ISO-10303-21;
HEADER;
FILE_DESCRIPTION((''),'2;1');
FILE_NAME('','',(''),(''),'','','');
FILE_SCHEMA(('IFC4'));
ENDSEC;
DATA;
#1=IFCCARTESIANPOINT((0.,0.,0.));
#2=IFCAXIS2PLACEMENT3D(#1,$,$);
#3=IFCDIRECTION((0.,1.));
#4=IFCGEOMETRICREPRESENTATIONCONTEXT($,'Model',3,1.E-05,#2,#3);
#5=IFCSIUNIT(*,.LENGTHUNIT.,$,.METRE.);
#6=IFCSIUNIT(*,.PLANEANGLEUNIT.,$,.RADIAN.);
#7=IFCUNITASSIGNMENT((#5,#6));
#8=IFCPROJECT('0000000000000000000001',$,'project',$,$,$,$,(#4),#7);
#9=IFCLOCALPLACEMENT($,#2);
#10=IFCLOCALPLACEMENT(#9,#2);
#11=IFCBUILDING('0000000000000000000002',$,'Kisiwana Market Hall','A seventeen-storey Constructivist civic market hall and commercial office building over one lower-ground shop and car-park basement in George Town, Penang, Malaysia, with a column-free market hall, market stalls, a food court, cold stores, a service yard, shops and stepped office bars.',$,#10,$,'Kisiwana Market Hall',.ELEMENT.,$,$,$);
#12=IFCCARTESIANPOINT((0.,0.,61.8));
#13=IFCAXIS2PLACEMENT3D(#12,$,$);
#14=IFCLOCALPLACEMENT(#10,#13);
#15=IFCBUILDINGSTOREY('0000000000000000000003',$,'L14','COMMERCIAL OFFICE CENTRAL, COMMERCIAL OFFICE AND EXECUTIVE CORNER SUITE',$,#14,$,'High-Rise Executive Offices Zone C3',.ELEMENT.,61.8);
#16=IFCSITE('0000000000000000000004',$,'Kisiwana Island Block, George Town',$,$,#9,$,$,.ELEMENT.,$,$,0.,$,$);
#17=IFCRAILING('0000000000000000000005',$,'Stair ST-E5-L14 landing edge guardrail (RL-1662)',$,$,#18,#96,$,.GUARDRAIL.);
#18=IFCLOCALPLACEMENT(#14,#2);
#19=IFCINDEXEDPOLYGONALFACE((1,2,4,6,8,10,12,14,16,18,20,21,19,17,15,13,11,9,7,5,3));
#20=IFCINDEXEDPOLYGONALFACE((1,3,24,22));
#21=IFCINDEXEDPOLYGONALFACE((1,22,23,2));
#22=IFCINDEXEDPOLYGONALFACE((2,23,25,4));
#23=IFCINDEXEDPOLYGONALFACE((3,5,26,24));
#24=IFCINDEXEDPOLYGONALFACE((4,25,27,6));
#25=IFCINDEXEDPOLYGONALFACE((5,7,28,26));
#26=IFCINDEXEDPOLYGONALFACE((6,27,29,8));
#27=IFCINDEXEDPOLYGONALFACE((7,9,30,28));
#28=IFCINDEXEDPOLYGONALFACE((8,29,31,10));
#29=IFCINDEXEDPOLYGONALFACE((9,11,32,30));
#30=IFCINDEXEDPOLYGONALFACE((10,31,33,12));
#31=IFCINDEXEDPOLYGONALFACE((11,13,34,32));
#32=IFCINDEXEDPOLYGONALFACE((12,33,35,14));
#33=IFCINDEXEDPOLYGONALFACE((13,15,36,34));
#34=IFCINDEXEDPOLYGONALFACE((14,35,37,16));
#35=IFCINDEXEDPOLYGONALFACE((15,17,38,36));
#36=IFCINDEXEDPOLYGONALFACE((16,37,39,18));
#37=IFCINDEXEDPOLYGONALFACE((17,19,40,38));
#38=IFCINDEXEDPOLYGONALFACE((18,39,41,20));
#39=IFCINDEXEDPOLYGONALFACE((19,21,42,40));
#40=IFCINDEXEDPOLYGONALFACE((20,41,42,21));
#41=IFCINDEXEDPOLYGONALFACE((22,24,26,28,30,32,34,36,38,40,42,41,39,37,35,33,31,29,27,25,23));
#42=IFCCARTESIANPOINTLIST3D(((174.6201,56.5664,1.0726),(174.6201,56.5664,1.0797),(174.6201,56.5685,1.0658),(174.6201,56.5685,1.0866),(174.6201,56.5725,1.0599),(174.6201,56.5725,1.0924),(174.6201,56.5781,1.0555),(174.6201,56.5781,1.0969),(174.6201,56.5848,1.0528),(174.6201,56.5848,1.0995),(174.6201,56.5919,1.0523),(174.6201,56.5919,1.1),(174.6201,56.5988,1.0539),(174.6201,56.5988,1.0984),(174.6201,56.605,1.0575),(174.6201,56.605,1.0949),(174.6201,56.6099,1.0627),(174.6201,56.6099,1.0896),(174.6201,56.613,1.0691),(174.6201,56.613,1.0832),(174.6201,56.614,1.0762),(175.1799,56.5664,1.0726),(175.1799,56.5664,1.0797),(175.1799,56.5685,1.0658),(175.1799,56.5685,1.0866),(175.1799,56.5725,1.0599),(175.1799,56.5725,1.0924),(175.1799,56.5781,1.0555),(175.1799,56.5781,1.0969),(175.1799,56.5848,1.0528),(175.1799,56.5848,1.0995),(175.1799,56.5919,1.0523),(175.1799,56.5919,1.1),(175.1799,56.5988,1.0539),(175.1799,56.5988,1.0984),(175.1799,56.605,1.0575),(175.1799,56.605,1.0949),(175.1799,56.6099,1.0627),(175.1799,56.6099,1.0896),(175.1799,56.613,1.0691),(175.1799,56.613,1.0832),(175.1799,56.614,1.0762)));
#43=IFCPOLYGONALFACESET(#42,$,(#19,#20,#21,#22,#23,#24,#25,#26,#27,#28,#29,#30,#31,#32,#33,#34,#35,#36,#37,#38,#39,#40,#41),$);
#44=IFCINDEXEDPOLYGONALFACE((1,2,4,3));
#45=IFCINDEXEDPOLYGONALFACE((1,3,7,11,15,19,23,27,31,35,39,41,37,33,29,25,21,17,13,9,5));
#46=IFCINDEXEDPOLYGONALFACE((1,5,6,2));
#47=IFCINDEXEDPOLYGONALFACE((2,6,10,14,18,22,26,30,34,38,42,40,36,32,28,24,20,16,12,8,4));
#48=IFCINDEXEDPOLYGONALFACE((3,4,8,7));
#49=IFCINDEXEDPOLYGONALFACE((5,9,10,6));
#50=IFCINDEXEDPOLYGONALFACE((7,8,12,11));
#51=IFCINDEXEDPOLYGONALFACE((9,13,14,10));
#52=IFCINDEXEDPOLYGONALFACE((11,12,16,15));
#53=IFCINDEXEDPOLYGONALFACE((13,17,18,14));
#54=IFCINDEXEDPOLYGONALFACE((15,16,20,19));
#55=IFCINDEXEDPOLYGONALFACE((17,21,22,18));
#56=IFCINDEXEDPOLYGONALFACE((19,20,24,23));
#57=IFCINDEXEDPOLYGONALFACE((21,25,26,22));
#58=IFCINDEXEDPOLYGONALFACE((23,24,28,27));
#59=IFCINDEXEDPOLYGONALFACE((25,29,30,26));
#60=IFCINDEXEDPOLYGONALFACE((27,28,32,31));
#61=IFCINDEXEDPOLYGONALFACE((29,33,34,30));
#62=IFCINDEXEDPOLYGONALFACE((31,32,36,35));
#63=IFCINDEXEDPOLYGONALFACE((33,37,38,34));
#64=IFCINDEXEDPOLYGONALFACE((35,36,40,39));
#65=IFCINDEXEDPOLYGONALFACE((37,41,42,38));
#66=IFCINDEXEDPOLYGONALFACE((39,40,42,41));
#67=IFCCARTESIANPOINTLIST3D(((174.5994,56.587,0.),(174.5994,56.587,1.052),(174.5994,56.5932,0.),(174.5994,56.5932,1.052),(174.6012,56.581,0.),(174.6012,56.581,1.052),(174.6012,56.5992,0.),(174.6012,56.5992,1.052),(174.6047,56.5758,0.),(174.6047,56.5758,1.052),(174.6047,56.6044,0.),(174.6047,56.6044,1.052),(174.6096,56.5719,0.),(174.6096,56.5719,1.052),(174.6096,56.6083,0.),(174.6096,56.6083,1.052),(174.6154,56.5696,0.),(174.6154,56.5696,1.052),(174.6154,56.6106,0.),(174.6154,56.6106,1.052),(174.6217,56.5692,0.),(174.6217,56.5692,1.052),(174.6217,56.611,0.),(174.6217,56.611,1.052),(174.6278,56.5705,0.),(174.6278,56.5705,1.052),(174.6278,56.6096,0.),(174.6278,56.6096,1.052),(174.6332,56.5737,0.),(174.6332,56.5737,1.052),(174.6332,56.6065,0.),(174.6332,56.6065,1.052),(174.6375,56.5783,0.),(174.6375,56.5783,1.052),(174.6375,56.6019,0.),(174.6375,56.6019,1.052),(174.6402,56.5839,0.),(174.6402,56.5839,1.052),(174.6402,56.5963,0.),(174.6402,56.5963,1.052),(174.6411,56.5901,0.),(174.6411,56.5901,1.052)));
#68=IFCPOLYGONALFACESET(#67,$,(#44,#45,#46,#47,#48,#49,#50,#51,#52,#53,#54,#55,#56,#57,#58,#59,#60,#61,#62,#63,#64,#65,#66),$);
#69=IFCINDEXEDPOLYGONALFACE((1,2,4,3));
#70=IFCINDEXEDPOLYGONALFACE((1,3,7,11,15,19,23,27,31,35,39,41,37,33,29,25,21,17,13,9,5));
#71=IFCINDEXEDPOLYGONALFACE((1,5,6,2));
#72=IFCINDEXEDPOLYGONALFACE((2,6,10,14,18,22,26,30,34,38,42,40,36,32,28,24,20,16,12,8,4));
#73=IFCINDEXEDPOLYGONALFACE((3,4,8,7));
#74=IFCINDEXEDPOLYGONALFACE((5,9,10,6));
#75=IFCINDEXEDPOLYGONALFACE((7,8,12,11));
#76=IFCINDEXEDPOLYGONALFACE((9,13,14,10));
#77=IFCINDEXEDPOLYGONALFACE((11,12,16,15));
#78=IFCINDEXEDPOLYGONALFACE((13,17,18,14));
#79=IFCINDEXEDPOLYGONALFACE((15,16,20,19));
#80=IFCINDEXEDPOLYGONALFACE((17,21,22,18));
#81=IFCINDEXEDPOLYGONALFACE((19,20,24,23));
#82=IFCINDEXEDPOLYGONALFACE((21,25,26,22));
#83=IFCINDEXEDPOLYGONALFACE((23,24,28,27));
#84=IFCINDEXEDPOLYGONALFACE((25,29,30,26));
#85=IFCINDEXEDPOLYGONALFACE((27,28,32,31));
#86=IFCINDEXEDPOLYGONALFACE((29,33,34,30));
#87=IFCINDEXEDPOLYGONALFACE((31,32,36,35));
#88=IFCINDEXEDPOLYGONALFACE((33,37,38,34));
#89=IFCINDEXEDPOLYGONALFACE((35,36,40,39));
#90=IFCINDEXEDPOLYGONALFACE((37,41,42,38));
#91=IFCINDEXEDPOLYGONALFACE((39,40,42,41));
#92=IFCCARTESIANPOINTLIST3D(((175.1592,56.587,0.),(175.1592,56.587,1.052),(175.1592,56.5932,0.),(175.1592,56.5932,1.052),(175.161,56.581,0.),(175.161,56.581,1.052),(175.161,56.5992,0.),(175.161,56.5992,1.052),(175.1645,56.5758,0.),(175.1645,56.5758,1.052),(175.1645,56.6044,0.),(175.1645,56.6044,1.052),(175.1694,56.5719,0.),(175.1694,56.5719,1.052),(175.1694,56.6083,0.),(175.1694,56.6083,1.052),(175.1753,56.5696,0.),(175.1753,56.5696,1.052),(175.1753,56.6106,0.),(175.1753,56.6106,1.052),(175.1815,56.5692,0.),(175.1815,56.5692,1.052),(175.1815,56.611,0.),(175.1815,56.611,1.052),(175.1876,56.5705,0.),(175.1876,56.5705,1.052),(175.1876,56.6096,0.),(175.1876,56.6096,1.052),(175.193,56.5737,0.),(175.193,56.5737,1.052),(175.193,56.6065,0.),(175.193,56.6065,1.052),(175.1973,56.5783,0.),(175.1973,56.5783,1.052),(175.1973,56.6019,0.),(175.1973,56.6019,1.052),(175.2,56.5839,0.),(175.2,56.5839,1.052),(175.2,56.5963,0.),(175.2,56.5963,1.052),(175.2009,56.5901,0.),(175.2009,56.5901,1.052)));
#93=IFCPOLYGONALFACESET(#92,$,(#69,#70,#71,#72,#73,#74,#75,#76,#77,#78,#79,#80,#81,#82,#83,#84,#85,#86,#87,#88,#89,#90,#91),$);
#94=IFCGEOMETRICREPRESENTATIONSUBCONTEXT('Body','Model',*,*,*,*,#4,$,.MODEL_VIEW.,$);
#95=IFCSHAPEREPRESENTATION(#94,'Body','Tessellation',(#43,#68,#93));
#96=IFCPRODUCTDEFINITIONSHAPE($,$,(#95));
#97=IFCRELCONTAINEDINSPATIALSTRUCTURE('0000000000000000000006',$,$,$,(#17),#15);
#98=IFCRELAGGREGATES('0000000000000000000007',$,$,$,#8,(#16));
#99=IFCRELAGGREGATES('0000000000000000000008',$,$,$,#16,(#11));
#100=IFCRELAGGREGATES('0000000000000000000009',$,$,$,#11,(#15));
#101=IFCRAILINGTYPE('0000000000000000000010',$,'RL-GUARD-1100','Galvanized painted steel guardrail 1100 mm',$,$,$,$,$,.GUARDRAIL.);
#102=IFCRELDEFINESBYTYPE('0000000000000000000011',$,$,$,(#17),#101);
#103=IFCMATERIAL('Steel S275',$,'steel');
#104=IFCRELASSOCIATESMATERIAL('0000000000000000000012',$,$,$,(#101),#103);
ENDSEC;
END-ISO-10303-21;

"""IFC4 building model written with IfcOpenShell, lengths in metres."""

from ifc_helpers import new_model, si_unit, direction, frame, origin, origin_2d, place, context, subcontext, project, spatial, circle, extrude, material, type_object, element, save


model = new_model("IFC4")

# Units and contexts
model_context = context("Model", 3, precision=1e-05, world=origin(), true_north=direction((0.0, 1.0)))
body_context = subcontext(model_context, "Body", "Model", "MODEL_VIEW")
ifc_project = project(units=[si_unit("LENGTHUNIT", "METRE"), si_unit("PLANEANGLEUNIT", "RADIAN")], contexts=[model_context])

# Site, building, storey
site_placement = place(None, origin())
site = spatial("IfcSite", under=ifc_project, at=site_placement, Name="Kisiwana Island Block, George Town", CompositionType="ELEMENT", RefElevation=0.0)
building_placement = place(site_placement, origin())
building = spatial("IfcBuilding", under=site, at=building_placement, Name="Kisiwana Market Hall", Description="A seventeen-storey Constructivist civic market hall and commercial office building over one lower-ground shop and car-park basement in George Town, Penang, Malaysia, with a column-free market hall, market stalls, a food court, cold stores, a service yard, shops and stepped office bars.", LongName="Kisiwana Market Hall", CompositionType="ELEMENT")
storey_placement = place(building_placement, frame((0.0, 0.0, 61.8)))
storey = spatial("IfcBuildingStorey", under=building, at=storey_placement, Name="L14", Description="COMMERCIAL OFFICE CENTRAL, COMMERCIAL OFFICE AND EXECUTIVE CORNER SUITE", LongName="High-Rise Executive Offices Zone C3", CompositionType="ELEMENT", Elevation=61.8)

# Railing
ifc_material_1 = material(Name="Steel S275", Category="steel")
railing_type_1 = type_object("IfcRailingType", Name="RL-GUARD-1100", Description="Galvanized painted steel guardrail 1100 mm", PredefinedType="GUARDRAIL", material=ifc_material_1)
for number, where, name in (
    (1, (174.6201, 56.5901, 0.0), "Stair ST-E5-L14 landing edge guardrail (RL-1662)"),
):
    element("IfcRailing", number, at=place(storey_placement, frame(where)), inside=storey, type_object=railing_type_1, Name=name, PredefinedType="GUARDRAIL", context=body_context, shape_type="SweptSolid", body=[
        extrude(circle(Radius=0.0239, at=origin_2d()), frame((0.0, 0.0, 1.0762), z_axis=(1.0, 0.0, 0.0), x_axis=(0.0, 1.0, 0.0)), (0.0, 0.0, 1.0), 0.5598),
        extrude(circle(Radius=0.021, at=origin_2d()), origin(), (0.0, 0.0, 1.0), 1.052),
        extrude(circle(Radius=0.021, at=origin_2d()), frame((0.5598, 0.0, 0.0)), (0.0, 0.0, 1.0), 1.052),
    ])

save(model, "model.ifc")
